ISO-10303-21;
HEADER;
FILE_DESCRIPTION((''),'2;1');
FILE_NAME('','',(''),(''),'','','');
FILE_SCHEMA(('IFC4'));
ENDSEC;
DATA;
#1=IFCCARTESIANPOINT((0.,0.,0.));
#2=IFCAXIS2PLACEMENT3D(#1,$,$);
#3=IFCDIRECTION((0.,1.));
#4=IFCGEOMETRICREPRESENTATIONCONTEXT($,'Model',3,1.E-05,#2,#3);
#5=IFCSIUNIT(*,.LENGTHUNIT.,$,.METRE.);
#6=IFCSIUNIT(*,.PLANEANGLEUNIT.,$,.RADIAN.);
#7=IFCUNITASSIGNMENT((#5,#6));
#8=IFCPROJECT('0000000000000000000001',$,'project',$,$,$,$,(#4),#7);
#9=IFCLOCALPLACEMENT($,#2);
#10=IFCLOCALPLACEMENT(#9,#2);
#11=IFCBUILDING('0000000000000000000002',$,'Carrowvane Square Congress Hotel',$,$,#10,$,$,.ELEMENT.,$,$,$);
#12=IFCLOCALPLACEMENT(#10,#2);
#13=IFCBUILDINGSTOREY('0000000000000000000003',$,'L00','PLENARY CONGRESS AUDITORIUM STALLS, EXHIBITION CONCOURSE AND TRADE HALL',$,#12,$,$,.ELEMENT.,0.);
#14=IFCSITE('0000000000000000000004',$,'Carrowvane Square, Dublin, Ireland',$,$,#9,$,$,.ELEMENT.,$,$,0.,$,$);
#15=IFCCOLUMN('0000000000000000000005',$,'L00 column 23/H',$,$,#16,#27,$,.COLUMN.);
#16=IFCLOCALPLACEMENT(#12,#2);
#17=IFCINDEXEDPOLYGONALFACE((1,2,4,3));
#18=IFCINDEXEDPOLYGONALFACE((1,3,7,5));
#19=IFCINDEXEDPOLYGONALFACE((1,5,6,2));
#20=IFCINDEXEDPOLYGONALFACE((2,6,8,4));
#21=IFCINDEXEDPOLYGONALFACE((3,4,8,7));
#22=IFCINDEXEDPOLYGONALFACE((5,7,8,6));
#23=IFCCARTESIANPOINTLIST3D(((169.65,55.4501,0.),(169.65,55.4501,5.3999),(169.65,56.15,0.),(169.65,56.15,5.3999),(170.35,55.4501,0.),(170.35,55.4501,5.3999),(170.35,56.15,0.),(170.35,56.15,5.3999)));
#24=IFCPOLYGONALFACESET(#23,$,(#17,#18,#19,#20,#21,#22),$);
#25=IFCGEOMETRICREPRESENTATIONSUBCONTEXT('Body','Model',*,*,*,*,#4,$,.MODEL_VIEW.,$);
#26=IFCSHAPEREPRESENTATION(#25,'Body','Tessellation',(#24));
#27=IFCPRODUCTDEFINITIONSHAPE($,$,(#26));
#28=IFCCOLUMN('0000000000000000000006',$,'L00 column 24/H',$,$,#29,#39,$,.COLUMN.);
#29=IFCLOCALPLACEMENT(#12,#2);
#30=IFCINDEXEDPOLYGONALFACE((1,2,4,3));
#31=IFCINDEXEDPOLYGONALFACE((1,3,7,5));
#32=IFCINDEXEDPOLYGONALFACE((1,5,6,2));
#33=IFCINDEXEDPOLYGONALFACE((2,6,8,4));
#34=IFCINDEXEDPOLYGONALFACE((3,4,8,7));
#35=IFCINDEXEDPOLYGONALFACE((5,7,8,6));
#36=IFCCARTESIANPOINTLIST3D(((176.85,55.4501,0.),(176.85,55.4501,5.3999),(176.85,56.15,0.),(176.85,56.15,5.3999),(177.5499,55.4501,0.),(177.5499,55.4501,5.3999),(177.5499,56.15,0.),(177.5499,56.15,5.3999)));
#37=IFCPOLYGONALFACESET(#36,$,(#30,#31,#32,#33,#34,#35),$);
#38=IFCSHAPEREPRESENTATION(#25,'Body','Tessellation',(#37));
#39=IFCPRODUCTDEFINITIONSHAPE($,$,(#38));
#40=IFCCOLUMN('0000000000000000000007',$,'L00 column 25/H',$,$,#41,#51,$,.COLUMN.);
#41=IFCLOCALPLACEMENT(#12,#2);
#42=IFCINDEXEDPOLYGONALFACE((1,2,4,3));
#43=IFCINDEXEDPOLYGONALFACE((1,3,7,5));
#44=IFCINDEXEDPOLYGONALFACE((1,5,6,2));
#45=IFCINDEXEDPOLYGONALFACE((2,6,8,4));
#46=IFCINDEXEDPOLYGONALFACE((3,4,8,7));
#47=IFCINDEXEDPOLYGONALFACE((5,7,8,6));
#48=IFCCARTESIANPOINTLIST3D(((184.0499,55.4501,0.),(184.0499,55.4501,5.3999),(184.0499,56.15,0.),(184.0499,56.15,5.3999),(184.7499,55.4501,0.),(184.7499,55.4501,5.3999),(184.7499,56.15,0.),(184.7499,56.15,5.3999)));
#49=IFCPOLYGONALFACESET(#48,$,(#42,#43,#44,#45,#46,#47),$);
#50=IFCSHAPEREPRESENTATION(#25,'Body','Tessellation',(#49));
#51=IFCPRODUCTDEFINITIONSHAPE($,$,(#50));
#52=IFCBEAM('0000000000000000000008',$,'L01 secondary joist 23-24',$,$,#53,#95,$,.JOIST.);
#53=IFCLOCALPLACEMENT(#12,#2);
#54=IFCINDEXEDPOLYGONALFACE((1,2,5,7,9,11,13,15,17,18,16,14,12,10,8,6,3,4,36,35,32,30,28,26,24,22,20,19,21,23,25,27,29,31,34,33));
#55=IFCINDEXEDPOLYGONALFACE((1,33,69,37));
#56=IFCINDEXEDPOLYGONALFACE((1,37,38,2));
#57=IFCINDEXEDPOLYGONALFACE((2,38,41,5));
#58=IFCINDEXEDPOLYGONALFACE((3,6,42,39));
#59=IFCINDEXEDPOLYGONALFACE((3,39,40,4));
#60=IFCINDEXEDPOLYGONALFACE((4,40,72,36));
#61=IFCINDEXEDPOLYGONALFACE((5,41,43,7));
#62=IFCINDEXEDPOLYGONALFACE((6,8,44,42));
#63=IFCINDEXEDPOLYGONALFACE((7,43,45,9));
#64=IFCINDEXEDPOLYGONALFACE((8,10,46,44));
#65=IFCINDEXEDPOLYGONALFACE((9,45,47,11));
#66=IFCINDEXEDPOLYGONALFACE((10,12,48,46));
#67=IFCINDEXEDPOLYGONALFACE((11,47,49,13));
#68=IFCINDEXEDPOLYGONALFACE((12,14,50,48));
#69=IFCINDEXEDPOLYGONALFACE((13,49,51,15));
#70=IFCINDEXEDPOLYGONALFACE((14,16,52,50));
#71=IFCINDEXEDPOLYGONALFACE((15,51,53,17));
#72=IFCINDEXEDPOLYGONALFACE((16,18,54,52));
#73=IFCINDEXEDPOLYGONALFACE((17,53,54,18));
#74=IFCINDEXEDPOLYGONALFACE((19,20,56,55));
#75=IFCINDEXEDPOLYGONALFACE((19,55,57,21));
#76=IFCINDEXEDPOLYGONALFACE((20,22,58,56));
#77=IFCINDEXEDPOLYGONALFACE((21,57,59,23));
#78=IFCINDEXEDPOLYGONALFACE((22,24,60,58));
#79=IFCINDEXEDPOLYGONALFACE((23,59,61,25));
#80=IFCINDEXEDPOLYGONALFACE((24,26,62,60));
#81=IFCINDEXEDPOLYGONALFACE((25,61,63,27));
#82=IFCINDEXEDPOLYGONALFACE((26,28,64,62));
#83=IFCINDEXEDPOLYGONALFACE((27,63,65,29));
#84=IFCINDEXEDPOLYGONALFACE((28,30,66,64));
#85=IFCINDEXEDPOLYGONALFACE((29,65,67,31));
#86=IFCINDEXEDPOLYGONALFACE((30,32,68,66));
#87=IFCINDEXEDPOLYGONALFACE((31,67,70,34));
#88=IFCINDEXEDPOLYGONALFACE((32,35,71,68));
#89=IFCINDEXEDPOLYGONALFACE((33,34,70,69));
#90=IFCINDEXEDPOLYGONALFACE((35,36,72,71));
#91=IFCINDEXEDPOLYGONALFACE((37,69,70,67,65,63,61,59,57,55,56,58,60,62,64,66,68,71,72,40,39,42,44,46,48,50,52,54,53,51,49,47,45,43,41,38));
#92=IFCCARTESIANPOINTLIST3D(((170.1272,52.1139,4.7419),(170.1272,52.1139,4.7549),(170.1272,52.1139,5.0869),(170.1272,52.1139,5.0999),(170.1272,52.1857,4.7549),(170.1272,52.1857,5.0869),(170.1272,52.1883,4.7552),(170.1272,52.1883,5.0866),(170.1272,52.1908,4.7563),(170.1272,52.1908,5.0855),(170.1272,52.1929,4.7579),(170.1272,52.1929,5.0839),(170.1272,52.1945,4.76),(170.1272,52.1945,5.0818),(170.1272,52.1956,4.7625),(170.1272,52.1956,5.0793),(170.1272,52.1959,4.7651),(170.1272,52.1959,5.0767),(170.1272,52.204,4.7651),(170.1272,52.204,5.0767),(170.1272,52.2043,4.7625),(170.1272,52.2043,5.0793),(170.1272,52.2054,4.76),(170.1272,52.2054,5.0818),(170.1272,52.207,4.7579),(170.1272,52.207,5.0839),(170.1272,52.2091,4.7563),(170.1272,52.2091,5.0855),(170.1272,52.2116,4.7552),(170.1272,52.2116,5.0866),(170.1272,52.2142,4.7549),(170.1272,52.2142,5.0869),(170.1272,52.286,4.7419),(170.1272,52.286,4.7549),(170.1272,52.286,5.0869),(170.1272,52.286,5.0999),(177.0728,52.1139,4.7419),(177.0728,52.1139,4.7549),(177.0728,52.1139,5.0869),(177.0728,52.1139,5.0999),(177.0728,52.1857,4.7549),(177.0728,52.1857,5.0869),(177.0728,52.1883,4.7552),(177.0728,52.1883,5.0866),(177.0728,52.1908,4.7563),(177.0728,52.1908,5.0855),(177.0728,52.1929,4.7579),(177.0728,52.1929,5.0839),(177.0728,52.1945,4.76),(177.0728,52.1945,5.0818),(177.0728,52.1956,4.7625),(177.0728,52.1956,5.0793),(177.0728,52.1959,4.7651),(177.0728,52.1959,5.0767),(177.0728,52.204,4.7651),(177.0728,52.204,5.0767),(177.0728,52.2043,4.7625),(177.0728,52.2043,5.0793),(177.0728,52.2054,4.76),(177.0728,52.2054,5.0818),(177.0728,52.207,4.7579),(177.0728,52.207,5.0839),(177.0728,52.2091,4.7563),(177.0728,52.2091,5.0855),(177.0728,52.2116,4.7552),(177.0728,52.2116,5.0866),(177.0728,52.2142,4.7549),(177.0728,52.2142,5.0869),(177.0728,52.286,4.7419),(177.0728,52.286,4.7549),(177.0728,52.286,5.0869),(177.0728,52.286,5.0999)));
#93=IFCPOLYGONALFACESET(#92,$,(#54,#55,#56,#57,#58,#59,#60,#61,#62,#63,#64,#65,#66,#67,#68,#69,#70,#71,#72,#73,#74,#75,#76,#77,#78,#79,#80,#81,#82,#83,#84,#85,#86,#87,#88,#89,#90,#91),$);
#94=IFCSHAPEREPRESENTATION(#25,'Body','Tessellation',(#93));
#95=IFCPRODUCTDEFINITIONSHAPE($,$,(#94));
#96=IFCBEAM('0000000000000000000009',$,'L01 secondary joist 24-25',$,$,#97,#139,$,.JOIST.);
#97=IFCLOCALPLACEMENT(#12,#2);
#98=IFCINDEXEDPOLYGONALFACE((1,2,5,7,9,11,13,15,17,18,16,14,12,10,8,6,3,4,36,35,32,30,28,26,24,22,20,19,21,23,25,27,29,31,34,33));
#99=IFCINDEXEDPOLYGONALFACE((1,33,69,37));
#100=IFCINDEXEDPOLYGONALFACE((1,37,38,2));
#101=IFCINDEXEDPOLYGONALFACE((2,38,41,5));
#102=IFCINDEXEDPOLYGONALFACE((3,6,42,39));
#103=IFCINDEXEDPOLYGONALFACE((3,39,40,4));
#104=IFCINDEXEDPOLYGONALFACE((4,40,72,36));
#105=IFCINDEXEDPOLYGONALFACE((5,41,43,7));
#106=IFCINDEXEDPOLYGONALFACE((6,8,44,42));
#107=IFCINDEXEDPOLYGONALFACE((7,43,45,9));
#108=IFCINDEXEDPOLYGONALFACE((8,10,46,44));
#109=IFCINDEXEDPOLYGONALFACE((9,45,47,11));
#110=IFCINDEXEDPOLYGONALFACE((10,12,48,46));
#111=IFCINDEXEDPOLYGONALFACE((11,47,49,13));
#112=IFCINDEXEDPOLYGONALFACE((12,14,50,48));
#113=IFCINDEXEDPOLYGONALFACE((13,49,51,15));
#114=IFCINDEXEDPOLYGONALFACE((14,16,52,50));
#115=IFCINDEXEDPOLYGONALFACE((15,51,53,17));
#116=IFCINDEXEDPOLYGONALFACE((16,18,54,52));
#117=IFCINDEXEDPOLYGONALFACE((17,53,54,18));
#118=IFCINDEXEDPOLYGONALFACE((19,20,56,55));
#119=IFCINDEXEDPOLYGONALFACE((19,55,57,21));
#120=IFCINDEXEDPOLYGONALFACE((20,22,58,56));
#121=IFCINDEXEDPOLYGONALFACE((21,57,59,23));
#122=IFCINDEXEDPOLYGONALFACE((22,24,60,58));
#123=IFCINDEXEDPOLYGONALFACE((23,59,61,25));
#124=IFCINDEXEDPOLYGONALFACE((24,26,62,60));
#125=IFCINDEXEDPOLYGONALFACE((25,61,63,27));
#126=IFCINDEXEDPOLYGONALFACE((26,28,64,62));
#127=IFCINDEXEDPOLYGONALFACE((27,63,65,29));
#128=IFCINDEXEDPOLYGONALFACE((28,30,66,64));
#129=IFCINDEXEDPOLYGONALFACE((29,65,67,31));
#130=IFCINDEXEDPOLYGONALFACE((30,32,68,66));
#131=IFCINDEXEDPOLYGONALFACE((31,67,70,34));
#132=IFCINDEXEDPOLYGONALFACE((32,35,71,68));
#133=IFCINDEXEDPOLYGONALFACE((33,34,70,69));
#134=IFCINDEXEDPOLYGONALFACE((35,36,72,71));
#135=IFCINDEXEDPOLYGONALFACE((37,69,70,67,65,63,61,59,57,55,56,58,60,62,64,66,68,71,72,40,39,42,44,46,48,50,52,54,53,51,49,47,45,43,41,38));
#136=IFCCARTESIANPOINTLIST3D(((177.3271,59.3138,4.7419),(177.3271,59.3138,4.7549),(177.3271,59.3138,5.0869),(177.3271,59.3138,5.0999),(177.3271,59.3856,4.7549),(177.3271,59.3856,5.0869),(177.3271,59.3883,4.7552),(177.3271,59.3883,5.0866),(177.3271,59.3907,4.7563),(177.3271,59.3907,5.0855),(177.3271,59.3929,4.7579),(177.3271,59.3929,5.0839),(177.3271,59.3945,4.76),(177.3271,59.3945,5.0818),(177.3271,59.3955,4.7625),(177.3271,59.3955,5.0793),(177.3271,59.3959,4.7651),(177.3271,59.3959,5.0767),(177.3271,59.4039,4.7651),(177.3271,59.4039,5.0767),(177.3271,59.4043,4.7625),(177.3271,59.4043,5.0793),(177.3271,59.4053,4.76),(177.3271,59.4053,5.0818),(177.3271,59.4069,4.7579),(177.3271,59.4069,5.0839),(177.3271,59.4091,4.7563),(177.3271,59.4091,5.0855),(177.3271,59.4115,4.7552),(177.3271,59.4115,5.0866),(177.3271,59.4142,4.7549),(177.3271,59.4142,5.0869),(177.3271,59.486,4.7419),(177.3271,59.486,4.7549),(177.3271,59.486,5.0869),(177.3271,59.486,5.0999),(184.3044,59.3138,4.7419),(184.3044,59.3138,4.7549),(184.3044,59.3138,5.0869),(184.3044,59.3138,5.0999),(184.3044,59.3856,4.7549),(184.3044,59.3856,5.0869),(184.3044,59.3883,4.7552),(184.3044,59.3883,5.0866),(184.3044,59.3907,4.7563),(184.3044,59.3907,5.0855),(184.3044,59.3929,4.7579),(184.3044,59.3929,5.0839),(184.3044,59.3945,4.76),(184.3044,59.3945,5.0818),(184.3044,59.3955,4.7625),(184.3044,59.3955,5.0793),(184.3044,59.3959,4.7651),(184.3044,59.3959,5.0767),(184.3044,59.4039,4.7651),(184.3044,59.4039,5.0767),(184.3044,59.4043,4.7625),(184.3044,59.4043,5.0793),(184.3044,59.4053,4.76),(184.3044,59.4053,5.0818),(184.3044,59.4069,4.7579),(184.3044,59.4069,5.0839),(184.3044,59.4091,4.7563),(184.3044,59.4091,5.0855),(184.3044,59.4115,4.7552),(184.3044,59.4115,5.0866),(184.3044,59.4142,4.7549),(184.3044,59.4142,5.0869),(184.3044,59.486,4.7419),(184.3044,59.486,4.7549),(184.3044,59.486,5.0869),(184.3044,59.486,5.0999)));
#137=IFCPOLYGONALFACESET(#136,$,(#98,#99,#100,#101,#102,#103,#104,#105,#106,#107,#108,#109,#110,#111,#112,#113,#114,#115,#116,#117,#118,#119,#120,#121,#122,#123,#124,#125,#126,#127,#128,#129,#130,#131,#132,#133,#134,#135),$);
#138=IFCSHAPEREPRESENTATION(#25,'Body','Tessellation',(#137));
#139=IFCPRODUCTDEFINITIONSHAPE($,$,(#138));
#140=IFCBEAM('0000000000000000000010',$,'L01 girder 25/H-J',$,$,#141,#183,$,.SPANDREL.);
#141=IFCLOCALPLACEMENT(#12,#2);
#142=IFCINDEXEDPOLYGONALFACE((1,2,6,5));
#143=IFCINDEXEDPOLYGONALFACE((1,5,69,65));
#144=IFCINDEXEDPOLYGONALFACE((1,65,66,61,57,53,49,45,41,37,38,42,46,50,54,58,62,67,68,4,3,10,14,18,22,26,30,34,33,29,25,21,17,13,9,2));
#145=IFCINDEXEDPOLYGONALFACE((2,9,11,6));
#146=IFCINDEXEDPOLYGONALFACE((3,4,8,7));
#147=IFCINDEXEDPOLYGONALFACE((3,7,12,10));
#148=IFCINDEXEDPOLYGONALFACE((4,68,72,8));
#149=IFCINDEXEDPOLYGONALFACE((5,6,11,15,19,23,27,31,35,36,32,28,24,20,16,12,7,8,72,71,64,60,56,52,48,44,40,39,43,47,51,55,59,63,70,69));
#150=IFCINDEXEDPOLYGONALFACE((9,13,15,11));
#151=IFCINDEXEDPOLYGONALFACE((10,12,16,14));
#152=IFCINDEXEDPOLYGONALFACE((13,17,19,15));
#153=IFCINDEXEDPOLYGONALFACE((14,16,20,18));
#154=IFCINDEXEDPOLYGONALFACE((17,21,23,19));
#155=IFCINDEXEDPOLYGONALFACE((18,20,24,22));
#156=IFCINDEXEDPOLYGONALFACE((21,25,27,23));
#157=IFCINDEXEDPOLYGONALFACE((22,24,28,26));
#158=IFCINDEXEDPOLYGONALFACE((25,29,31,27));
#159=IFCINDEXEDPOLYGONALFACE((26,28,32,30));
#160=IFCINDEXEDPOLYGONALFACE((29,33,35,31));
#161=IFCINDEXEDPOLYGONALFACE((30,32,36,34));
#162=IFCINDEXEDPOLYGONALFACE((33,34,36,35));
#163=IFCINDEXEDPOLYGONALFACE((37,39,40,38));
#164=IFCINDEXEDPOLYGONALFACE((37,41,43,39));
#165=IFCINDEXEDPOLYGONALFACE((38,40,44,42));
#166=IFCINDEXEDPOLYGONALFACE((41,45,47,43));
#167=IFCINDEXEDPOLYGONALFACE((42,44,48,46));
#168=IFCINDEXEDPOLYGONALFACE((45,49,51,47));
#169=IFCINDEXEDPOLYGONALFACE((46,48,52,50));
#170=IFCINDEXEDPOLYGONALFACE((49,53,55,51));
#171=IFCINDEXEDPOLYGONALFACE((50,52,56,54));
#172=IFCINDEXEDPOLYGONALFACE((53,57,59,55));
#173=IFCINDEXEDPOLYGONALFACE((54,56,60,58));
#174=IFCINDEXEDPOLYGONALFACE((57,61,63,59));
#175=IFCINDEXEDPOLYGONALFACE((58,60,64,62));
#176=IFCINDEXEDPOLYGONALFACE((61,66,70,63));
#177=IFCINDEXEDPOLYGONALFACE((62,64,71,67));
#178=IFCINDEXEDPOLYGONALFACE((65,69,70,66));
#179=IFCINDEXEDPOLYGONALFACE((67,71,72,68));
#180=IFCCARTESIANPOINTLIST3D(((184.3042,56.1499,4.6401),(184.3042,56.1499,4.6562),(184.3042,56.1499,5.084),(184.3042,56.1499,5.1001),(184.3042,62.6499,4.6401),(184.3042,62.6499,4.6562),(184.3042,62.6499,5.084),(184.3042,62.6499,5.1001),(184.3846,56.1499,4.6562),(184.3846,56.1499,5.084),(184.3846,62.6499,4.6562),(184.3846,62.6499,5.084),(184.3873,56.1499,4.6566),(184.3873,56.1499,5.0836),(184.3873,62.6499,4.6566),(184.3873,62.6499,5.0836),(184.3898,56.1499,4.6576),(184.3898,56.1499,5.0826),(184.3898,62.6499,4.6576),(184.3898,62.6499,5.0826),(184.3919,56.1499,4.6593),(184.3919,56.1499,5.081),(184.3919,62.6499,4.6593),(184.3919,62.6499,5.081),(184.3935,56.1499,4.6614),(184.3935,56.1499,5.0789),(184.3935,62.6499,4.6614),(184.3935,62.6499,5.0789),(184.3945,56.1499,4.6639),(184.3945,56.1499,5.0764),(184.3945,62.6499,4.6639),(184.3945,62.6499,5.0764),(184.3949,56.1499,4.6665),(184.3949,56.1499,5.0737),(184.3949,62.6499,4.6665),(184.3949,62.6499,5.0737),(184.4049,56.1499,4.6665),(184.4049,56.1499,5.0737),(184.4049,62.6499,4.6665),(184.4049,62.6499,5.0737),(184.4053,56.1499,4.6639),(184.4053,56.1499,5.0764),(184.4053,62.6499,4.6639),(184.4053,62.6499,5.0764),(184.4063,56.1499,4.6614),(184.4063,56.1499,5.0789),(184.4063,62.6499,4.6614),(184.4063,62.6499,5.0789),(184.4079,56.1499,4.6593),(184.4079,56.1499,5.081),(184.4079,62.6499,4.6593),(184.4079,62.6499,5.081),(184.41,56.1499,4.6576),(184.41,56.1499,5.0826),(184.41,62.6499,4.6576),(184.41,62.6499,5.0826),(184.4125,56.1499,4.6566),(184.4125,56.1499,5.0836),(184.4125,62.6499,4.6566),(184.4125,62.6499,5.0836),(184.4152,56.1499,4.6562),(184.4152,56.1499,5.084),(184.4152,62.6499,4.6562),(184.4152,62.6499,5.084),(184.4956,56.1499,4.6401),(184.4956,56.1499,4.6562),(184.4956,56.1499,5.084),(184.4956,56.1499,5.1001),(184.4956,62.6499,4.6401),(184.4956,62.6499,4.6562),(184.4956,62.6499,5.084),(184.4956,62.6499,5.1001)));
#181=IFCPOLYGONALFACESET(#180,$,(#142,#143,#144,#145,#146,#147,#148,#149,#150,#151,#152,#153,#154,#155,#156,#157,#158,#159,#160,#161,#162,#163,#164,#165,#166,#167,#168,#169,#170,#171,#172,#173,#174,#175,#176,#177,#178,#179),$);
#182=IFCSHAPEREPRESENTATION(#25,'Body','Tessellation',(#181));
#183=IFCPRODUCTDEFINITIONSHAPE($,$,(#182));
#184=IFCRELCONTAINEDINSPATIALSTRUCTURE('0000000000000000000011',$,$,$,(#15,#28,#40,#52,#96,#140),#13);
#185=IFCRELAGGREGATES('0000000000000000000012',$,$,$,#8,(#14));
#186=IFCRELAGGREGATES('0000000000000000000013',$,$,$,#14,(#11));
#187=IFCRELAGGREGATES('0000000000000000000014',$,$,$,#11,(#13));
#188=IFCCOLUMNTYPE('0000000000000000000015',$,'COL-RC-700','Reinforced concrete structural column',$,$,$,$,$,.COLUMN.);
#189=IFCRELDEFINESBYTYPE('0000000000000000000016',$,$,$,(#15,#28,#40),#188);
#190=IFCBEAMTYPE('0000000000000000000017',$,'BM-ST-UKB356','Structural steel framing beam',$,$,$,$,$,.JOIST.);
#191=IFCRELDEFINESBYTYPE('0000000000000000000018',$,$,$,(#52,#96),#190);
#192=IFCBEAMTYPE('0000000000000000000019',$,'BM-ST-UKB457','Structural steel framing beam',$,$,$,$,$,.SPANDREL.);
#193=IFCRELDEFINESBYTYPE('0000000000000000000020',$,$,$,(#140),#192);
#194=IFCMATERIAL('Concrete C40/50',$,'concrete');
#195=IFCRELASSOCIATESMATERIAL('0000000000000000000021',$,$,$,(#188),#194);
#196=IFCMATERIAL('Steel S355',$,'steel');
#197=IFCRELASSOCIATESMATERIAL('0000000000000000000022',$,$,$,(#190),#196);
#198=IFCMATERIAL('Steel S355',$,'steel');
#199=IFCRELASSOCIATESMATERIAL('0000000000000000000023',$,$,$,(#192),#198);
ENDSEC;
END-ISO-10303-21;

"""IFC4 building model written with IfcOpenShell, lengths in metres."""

from ifc_helpers import new_model, si_unit, direction, frame, origin, origin_2d, place, context, subcontext, project, spatial, rectangle, i_section, extrude, material, material_profile, profile_set, type_object, element, save


model = new_model("IFC4")

# Units and contexts
model_context = context("Model", 3, precision=1e-05, world=origin(), true_north=direction((0.0, 1.0)))
body_context = subcontext(model_context, "Body", "Model", "MODEL_VIEW")
ifc_project = project(units=[si_unit("LENGTHUNIT", "METRE"), si_unit("PLANEANGLEUNIT", "RADIAN")], contexts=[model_context])

# Site, building, storey
site_placement = place(None, origin())
site = spatial("IfcSite", under=ifc_project, at=site_placement, Name="Carrowvane Square, Dublin, Ireland", CompositionType="ELEMENT", RefElevation=0.0)
building_placement = place(site_placement, origin())
building = spatial("IfcBuilding", under=site, at=building_placement, Name="Carrowvane Square Congress Hotel", CompositionType="ELEMENT")
storey_placement = place(building_placement, origin())
storey = spatial("IfcBuildingStorey", under=building, at=storey_placement, Name="L00", Description="PLENARY CONGRESS AUDITORIUM STALLS, EXHIBITION CONCOURSE AND TRADE HALL", CompositionType="ELEMENT", Elevation=0.0)

# Columns
ifc_material_1 = material(Name="Concrete C40/50", Category="concrete")
ifc_material_profile_1 = material_profile(ifc_material_1, rectangle(XDim=0.7, YDim=0.7, at=origin_2d()), Name="RC 700x700")
ifc_profile_set_1 = profile_set([ifc_material_profile_1], Name="Concrete C40/50")
column_type = type_object("IfcColumnType", Name="COL-RC-700", Description="Reinforced concrete structural column", PredefinedType="COLUMN", material=ifc_profile_set_1)
for number, where, z_axis, x_axis, name in (
    (1, (170.0, 55.8, 0.0), (0.0, 0.0, 1.0), (1.0, 0.0, 0.0), "L00 column 23/H"),
    (2, (177.2, 55.8, 0.0), (0.0, 0.0, 1.0), (1.0, 0.0, 0.0), "L00 column 24/H"),
    (3, (184.3999, 55.8, 0.0), (0.0, 0.0, 1.0), (1.0, 0.0, 0.0), "L00 column 25/H"),
):
    element("IfcColumn", number, at=place(storey_placement, frame(where, z_axis=z_axis, x_axis=x_axis)), inside=storey, type_object=column_type, Name=name, PredefinedType="COLUMN", context=body_context, shape_type="SweptSolid", body=[
        extrude(rectangle(XDim=0.7, YDim=0.7, at=origin_2d()), origin(), (0.0, 0.0, 1.0), 5.3999),
    ])

# Beams
ifc_material_2 = material(Name="Steel S355", Category="steel")
ifc_material_profile_2 = material_profile(ifc_material_2, i_section(OverallWidth=0.1721, OverallDepth=0.3579, WebThickness=0.0081, FlangeThickness=0.0129, FilletRadius=0.0103, at=origin_2d()), Name="UKB 356x171x57")
ifc_profile_set_2 = profile_set([ifc_material_profile_2], Name="Steel S355")
beam_type_1 = type_object("IfcBeamType", Name="BM-ST-UKB356", Description="Structural steel framing beam", PredefinedType="JOIST", material=ifc_profile_set_2)
beam_1_placement = place(storey_placement, frame((170.1272, 52.2, 4.9209), z_axis=(1.0, 0.0, 0.0), x_axis=(0.0, 1.0, 0.0)))
element("IfcBeam", 4, at=beam_1_placement, inside=storey, type_object=beam_type_1, Name="L01 secondary joist 23-24", PredefinedType="JOIST", context=body_context, shape_type="SweptSolid", body=[
    extrude(i_section(OverallWidth=0.1721, OverallDepth=0.3579, WebThickness=0.0081, FlangeThickness=0.0129, FilletRadius=0.0103, at=origin_2d()), origin(), (0.0, 0.0, 1.0), 6.9456),
])
beam_2_placement = place(storey_placement, frame((177.3271, 59.3999, 4.9209), z_axis=(1.0, 0.0, 0.0), x_axis=(0.0, 1.0, 0.0)))
element("IfcBeam", 5, at=beam_2_placement, inside=storey, type_object=beam_type_1, Name="L01 secondary joist 24-25", PredefinedType="JOIST", context=body_context, shape_type="SweptSolid", body=[
    extrude(i_section(OverallWidth=0.1721, OverallDepth=0.3579, WebThickness=0.0081, FlangeThickness=0.0129, FilletRadius=0.0103, at=origin_2d()), origin(), (0.0, 0.0, 1.0), 6.9773),
])
ifc_material_3 = material(Name="Steel S355", Category="steel")
ifc_material_profile_3 = material_profile(ifc_material_3, i_section(OverallWidth=0.1914, OverallDepth=0.46, WebThickness=0.01, FlangeThickness=0.0161, FilletRadius=0.0103, at=origin_2d()), Name="UKB 457x191x82")
ifc_profile_set_3 = profile_set([ifc_material_profile_3], Name="Steel S355")
beam_type_2 = type_object("IfcBeamType", Name="BM-ST-UKB457", Description="Structural steel framing beam", PredefinedType="SPANDREL", material=ifc_profile_set_3)
beam_3_placement = place(storey_placement, frame((184.3999, 56.1499, 4.8701), z_axis=(0.0, 1.0, 0.0), x_axis=(-1.0, 0.0, 0.0)))
element("IfcBeam", 6, at=beam_3_placement, inside=storey, type_object=beam_type_2, Name="L01 girder 25/H-J", PredefinedType="SPANDREL", context=body_context, shape_type="SweptSolid", body=[
    extrude(i_section(OverallWidth=0.1914, OverallDepth=0.46, WebThickness=0.01, FlangeThickness=0.0161, FilletRadius=0.0103, at=origin_2d()), origin(), (0.0, 0.0, 1.0), 6.5),
])

save(model, "model.ifc")
